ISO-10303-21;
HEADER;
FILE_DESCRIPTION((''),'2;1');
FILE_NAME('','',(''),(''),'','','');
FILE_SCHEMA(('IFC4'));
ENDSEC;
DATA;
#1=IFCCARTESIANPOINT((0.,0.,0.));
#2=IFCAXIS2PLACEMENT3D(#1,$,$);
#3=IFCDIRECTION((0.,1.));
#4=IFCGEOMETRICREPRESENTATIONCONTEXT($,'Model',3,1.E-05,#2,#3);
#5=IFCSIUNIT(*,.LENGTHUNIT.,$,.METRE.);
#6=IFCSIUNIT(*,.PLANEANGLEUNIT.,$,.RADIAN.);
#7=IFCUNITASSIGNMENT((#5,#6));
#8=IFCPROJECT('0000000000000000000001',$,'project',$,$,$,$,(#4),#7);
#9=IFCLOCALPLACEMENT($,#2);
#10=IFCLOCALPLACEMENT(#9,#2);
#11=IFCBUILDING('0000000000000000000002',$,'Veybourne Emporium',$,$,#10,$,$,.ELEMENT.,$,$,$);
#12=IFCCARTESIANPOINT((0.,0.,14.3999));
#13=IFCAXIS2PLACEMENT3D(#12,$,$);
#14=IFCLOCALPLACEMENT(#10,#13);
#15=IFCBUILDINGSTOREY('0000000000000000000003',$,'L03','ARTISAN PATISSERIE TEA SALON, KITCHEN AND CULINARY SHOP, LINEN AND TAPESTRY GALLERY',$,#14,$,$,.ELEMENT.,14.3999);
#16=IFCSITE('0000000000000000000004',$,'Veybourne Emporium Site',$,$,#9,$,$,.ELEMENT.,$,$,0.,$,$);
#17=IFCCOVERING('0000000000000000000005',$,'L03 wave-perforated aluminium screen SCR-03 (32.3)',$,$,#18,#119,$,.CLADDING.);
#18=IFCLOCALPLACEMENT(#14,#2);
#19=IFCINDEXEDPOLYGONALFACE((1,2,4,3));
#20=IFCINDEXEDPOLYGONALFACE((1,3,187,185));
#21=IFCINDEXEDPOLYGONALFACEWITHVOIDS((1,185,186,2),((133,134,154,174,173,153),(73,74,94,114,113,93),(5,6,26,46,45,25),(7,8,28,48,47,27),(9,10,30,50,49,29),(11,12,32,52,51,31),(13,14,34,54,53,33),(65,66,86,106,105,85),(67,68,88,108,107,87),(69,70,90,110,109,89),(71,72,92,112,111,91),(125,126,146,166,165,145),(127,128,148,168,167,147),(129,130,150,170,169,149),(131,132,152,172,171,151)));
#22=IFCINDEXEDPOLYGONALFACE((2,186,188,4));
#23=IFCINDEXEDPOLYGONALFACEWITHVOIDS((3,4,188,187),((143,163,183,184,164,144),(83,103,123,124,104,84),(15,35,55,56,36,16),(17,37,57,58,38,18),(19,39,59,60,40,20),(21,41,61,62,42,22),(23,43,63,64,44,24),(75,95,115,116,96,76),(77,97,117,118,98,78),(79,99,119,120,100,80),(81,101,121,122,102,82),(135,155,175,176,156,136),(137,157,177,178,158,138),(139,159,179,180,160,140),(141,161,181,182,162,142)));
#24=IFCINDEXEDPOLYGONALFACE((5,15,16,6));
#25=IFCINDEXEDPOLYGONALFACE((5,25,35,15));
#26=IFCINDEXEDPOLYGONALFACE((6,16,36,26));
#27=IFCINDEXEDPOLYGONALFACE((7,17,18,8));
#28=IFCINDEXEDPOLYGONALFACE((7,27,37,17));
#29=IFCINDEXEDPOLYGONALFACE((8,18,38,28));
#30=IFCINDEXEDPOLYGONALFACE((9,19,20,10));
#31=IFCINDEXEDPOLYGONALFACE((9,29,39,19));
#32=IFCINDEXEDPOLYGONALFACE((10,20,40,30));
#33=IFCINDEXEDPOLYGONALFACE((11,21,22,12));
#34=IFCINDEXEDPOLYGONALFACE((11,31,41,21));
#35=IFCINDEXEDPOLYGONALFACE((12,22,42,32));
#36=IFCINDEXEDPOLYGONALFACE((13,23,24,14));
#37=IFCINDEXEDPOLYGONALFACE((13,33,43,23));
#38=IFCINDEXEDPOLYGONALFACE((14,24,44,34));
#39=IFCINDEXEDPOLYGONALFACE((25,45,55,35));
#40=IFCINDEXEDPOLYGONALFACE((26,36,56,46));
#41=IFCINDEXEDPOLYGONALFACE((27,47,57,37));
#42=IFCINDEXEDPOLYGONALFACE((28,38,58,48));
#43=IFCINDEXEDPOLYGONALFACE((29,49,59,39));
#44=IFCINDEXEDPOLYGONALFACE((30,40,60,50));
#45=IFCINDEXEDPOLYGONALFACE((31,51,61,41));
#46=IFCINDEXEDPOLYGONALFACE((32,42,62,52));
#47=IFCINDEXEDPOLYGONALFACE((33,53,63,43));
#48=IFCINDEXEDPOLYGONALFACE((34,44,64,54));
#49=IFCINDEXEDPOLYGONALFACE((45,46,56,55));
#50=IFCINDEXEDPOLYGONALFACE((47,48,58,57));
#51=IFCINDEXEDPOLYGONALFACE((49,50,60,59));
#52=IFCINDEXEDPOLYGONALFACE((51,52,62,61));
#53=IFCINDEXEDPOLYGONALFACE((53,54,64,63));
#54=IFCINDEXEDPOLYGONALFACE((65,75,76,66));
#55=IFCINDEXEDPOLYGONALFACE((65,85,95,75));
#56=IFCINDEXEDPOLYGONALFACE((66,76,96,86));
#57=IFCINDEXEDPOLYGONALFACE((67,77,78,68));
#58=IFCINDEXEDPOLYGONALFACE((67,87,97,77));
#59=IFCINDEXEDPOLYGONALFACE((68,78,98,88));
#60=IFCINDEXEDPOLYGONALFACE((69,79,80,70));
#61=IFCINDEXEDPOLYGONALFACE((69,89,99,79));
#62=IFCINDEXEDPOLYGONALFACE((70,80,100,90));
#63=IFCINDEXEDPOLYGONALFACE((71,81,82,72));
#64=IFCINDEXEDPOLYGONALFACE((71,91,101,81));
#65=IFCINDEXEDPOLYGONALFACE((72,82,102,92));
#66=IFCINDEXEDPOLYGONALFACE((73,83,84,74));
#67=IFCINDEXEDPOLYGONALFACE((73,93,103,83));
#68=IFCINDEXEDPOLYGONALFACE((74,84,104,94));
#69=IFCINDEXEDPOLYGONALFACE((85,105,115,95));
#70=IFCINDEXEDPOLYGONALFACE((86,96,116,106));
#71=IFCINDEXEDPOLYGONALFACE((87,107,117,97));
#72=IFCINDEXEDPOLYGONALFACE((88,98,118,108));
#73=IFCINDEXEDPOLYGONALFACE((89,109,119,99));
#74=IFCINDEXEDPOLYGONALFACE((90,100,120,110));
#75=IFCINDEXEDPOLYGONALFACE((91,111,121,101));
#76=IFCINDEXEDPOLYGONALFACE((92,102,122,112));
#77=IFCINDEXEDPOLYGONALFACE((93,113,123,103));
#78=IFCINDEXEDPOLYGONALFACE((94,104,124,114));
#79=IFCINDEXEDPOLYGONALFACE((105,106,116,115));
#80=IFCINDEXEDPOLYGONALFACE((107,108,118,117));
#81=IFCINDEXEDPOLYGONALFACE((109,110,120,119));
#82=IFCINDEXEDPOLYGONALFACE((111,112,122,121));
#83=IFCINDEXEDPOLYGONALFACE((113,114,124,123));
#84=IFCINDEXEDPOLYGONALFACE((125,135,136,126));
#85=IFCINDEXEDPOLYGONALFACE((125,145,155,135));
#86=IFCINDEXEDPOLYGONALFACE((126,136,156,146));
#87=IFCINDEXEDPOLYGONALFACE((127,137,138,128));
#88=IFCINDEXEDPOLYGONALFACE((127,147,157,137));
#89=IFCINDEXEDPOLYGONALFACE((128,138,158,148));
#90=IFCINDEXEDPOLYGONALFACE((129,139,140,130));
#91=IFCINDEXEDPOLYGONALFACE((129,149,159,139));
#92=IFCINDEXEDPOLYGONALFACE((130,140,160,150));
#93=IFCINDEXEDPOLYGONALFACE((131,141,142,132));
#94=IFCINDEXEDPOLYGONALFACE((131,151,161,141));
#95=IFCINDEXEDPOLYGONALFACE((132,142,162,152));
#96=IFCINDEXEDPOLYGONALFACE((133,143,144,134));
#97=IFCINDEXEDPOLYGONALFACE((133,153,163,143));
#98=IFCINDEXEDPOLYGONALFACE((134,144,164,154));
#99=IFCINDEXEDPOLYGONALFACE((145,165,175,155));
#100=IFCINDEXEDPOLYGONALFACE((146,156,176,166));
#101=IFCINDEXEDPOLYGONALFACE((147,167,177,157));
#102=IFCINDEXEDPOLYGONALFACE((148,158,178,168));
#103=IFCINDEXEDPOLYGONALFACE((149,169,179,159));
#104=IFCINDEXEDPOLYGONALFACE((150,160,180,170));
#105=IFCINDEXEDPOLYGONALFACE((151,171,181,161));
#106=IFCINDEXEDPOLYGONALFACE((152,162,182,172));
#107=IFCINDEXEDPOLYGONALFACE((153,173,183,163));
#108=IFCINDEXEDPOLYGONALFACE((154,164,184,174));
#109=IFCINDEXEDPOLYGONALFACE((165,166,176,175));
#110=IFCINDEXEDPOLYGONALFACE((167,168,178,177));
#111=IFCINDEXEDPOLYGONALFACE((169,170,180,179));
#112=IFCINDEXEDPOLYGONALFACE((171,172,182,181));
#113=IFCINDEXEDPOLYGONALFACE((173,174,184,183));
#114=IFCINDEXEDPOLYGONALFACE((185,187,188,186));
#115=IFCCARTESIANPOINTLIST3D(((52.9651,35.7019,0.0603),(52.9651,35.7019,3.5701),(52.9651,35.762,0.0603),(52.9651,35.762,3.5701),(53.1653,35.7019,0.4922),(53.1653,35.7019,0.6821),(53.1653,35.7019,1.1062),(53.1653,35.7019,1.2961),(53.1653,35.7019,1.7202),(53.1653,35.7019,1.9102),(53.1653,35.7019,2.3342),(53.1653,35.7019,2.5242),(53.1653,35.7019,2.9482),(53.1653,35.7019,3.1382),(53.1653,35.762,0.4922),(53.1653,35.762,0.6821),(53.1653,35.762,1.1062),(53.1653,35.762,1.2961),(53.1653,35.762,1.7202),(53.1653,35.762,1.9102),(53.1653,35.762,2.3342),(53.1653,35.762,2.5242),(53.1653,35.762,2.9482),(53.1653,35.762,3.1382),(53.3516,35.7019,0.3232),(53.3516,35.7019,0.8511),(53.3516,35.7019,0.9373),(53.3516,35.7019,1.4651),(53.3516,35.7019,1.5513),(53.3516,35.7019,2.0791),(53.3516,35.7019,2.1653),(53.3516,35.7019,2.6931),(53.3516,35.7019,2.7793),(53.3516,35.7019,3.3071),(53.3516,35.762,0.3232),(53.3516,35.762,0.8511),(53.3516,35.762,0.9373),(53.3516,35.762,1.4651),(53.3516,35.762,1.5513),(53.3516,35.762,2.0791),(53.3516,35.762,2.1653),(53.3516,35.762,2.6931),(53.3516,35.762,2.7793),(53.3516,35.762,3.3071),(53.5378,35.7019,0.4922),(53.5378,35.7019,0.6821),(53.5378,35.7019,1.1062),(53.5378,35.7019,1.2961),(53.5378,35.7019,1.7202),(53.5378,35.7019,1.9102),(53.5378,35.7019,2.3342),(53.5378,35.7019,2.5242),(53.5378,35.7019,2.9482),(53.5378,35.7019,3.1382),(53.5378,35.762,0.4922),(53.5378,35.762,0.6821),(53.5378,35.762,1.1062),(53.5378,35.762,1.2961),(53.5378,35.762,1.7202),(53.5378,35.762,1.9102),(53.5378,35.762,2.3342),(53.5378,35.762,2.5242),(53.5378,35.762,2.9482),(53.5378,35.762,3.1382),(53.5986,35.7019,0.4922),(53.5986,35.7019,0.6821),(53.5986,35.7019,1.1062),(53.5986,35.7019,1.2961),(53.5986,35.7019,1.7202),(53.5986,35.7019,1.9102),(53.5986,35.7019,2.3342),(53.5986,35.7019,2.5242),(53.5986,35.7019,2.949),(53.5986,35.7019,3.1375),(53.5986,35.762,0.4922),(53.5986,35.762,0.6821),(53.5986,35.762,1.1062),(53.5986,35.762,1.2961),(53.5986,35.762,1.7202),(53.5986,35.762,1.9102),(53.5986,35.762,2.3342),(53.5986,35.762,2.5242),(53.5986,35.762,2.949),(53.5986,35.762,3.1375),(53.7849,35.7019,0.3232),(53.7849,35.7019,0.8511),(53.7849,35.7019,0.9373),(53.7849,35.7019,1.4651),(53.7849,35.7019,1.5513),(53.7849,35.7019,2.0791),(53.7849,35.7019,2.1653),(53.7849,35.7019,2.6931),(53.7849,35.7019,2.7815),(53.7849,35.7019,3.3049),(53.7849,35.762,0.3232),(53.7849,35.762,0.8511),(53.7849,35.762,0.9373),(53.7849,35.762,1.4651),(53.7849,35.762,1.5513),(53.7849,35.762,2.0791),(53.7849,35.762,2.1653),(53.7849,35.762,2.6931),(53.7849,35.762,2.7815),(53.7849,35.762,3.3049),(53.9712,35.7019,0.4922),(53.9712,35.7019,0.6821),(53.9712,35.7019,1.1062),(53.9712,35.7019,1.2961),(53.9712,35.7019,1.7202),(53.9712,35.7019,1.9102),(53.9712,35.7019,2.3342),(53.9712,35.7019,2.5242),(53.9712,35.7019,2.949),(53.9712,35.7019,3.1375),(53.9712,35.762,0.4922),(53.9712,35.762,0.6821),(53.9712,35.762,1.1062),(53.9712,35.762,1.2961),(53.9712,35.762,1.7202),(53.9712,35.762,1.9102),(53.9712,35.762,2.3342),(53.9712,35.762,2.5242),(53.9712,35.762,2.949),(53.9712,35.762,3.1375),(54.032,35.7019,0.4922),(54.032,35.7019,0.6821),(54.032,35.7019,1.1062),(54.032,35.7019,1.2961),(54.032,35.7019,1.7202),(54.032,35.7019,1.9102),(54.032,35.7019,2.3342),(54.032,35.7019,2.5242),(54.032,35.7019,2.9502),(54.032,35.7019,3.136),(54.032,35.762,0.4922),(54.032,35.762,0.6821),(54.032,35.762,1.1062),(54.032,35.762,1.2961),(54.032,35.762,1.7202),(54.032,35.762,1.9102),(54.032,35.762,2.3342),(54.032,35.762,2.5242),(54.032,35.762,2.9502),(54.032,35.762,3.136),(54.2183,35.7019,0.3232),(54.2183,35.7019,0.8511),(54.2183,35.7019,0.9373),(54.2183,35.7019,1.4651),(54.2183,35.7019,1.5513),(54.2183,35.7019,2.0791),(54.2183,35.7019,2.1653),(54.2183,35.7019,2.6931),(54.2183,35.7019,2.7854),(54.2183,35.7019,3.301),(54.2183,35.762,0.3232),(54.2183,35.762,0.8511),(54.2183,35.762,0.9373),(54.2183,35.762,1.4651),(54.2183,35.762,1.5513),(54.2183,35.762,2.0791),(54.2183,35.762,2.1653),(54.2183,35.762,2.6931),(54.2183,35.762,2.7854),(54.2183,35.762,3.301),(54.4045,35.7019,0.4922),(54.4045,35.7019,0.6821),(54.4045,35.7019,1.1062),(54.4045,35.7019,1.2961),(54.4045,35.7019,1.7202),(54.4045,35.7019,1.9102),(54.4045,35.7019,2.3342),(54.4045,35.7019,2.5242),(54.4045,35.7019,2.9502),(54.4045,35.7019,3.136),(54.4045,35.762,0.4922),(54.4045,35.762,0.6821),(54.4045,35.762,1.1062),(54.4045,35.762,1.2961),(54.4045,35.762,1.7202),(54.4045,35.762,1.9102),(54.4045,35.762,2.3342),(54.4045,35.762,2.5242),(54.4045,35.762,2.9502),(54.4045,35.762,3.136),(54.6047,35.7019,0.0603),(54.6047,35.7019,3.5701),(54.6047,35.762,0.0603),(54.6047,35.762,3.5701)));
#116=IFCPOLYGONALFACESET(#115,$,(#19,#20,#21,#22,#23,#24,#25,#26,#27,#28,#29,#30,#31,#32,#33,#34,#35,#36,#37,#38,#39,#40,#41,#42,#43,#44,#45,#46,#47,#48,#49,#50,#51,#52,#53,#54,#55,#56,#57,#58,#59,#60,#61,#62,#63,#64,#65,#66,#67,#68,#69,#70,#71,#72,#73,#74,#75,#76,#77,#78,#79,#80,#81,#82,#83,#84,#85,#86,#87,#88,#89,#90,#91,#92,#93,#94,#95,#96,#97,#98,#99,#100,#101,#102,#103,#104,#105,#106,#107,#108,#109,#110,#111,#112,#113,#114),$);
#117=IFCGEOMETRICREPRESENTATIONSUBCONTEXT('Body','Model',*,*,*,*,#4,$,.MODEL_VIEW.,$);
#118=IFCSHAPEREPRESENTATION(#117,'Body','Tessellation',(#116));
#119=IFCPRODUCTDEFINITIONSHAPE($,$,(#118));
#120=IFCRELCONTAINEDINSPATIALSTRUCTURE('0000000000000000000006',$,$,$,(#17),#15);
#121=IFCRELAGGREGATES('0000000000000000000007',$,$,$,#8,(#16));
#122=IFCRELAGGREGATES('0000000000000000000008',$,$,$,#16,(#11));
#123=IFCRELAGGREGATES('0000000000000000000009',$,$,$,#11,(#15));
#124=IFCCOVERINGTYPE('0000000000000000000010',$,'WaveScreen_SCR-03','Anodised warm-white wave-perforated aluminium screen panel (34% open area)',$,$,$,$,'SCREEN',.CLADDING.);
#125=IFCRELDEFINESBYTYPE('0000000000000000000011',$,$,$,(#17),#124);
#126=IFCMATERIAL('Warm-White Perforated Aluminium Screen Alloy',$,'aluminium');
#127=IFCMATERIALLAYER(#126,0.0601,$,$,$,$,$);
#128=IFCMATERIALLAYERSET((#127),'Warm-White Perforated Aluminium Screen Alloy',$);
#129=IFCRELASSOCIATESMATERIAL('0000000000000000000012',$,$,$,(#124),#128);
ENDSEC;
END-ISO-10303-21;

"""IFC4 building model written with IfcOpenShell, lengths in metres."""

from ifc_helpers import new_model, si_unit, direction, frame, origin, place, context, subcontext, project, spatial, polyline, outline, extrude, material, layer, layer_set, type_object, element, save


model = new_model("IFC4")

# Units and contexts
model_context = context("Model", 3, precision=1e-05, world=origin(), true_north=direction((0.0, 1.0)))
body_context = subcontext(model_context, "Body", "Model", "MODEL_VIEW")
ifc_project = project(units=[si_unit("LENGTHUNIT", "METRE"), si_unit("PLANEANGLEUNIT", "RADIAN")], contexts=[model_context])

# Site, building, storey
site_placement = place(None, origin())
site = spatial("IfcSite", under=ifc_project, at=site_placement, Name="Veybourne Emporium Site", CompositionType="ELEMENT", RefElevation=0.0)
building_placement = place(site_placement, origin())
building = spatial("IfcBuilding", under=site, at=building_placement, Name="Veybourne Emporium", CompositionType="ELEMENT")
storey_placement = place(building_placement, frame((0.0, 0.0, 14.3999)))
storey = spatial("IfcBuildingStorey", under=building, at=storey_placement, Name="L03", Description="ARTISAN PATISSERIE TEA SALON, KITCHEN AND CULINARY SHOP, LINEN AND TAPESTRY GALLERY", CompositionType="ELEMENT", Elevation=14.3999)

# Covering
ifc_material_1 = material(Name="Warm-White Perforated Aluminium Screen Alloy", Category="aluminium")
ifc_layer_1 = layer(ifc_material_1, 0.0601)
ifc_layer_set_1 = layer_set([ifc_layer_1], Name="Warm-White Perforated Aluminium Screen Alloy")
covering_type_1 = type_object("IfcCoveringType", Name="WaveScreen_SCR-03", Description="Anodised warm-white wave-perforated aluminium screen panel (34% open area)", ElementType="SCREEN", PredefinedType="CLADDING", material=ifc_layer_set_1)
covering_1_placement = place(storey_placement, frame((53.7849, 35.7019, 1.8152), z_axis=(0.0, 1.0, 0.0), x_axis=(-1.0, 0.0, 0.0)))
element("IfcCovering", 1, at=covering_1_placement, inside=storey, type_object=covering_type_1, Name="L03 wave-perforated aluminium screen SCR-03 (32.3)", PredefinedType="CLADDING", context=body_context, shape_type="SweptSolid", body=[
    extrude(outline(polyline([(-0.8198, -1.7549), (0.8198, -1.7549), (0.8198, 1.7549), (-0.8198, 1.7549), (-0.8198, -1.7549)]), holes=[polyline([(-0.4333, -0.9641), (-0.2471, -1.1331), (-0.2471, -1.323), (-0.4333, -1.4919), (-0.6196, -1.323), (-0.6196, -1.1331), (-0.4333, -0.9641)]), polyline([(-0.4333, -0.3501), (-0.2471, -0.519), (-0.2471, -0.709), (-0.4333, -0.8779), (-0.6196, -0.709), (-0.6196, -0.519), (-0.4333, -0.3501)]), polyline([(-0.4333, 0.2639), (-0.2471, 0.095), (-0.2471, -0.095), (-0.4333, -0.2639), (-0.6196, -0.095), (-0.6196, 0.095), (-0.4333, 0.2639)]), polyline([(-0.4333, 0.8779), (-0.2471, 0.709), (-0.2471, 0.519), (-0.4333, 0.3501), (-0.6196, 0.519), (-0.6196, 0.709), (-0.4333, 0.8779)]), polyline([(-0.4333, 1.4858), (-0.2471, 1.3208), (-0.2471, 1.135), (-0.4333, 0.9702), (-0.6196, 1.135), (-0.6196, 1.3208), (-0.4333, 1.4858)]), polyline([(0.0, -0.9641), (0.1863, -1.1331), (0.1863, -1.323), (0.0, -1.4919), (-0.1863, -1.323), (-0.1863, -1.1331), (0.0, -0.9641)]), polyline([(0.0, -0.3501), (0.1863, -0.519), (0.1863, -0.709), (0.0, -0.8779), (-0.1863, -0.709), (-0.1863, -0.519), (0.0, -0.3501)]), polyline([(0.0, 0.2639), (0.1863, 0.095), (0.1863, -0.095), (0.0, -0.2639), (-0.1863, -0.095), (-0.1863, 0.095), (0.0, 0.2639)]), polyline([(0.0, 0.8779), (0.1863, 0.709), (0.1863, 0.519), (0.0, 0.3501), (-0.1863, 0.519), (-0.1863, 0.709), (0.0, 0.8779)]), polyline([(0.0, 1.4897), (0.1863, 1.3223), (0.1863, 1.1338), (0.0, 0.9663), (-0.1863, 1.1338), (-0.1863, 1.3223), (0.0, 1.4897)]), polyline([(0.4333, -0.9641), (0.6196, -1.1331), (0.6196, -1.323), (0.4333, -1.4919), (0.2471, -1.323), (0.2471, -1.1331), (0.4333, -0.9641)]), polyline([(0.4333, -0.3501), (0.6196, -0.519), (0.6196, -0.709), (0.4333, -0.8779), (0.2471, -0.709), (0.2471, -0.519), (0.4333, -0.3501)]), polyline([(0.4333, 0.2639), (0.6196, 0.095), (0.6196, -0.095), (0.4333, -0.2639), (0.2471, -0.095), (0.2471, 0.095), (0.4333, 0.2639)]), polyline([(0.4333, 0.8779), (0.6196, 0.709), (0.6196, 0.519), (0.4333, 0.3501), (0.2471, 0.519), (0.2471, 0.709), (0.4333, 0.8779)]), polyline([(0.4333, 1.4919), (0.6196, 1.323), (0.6196, 1.1331), (0.4333, 0.9641), (0.2471, 1.1331), (0.2471, 1.323), (0.4333, 1.4919)])]), origin(), (0.0, 0.0, 1.0), 0.0601),
])

save(model, "model.ifc")
